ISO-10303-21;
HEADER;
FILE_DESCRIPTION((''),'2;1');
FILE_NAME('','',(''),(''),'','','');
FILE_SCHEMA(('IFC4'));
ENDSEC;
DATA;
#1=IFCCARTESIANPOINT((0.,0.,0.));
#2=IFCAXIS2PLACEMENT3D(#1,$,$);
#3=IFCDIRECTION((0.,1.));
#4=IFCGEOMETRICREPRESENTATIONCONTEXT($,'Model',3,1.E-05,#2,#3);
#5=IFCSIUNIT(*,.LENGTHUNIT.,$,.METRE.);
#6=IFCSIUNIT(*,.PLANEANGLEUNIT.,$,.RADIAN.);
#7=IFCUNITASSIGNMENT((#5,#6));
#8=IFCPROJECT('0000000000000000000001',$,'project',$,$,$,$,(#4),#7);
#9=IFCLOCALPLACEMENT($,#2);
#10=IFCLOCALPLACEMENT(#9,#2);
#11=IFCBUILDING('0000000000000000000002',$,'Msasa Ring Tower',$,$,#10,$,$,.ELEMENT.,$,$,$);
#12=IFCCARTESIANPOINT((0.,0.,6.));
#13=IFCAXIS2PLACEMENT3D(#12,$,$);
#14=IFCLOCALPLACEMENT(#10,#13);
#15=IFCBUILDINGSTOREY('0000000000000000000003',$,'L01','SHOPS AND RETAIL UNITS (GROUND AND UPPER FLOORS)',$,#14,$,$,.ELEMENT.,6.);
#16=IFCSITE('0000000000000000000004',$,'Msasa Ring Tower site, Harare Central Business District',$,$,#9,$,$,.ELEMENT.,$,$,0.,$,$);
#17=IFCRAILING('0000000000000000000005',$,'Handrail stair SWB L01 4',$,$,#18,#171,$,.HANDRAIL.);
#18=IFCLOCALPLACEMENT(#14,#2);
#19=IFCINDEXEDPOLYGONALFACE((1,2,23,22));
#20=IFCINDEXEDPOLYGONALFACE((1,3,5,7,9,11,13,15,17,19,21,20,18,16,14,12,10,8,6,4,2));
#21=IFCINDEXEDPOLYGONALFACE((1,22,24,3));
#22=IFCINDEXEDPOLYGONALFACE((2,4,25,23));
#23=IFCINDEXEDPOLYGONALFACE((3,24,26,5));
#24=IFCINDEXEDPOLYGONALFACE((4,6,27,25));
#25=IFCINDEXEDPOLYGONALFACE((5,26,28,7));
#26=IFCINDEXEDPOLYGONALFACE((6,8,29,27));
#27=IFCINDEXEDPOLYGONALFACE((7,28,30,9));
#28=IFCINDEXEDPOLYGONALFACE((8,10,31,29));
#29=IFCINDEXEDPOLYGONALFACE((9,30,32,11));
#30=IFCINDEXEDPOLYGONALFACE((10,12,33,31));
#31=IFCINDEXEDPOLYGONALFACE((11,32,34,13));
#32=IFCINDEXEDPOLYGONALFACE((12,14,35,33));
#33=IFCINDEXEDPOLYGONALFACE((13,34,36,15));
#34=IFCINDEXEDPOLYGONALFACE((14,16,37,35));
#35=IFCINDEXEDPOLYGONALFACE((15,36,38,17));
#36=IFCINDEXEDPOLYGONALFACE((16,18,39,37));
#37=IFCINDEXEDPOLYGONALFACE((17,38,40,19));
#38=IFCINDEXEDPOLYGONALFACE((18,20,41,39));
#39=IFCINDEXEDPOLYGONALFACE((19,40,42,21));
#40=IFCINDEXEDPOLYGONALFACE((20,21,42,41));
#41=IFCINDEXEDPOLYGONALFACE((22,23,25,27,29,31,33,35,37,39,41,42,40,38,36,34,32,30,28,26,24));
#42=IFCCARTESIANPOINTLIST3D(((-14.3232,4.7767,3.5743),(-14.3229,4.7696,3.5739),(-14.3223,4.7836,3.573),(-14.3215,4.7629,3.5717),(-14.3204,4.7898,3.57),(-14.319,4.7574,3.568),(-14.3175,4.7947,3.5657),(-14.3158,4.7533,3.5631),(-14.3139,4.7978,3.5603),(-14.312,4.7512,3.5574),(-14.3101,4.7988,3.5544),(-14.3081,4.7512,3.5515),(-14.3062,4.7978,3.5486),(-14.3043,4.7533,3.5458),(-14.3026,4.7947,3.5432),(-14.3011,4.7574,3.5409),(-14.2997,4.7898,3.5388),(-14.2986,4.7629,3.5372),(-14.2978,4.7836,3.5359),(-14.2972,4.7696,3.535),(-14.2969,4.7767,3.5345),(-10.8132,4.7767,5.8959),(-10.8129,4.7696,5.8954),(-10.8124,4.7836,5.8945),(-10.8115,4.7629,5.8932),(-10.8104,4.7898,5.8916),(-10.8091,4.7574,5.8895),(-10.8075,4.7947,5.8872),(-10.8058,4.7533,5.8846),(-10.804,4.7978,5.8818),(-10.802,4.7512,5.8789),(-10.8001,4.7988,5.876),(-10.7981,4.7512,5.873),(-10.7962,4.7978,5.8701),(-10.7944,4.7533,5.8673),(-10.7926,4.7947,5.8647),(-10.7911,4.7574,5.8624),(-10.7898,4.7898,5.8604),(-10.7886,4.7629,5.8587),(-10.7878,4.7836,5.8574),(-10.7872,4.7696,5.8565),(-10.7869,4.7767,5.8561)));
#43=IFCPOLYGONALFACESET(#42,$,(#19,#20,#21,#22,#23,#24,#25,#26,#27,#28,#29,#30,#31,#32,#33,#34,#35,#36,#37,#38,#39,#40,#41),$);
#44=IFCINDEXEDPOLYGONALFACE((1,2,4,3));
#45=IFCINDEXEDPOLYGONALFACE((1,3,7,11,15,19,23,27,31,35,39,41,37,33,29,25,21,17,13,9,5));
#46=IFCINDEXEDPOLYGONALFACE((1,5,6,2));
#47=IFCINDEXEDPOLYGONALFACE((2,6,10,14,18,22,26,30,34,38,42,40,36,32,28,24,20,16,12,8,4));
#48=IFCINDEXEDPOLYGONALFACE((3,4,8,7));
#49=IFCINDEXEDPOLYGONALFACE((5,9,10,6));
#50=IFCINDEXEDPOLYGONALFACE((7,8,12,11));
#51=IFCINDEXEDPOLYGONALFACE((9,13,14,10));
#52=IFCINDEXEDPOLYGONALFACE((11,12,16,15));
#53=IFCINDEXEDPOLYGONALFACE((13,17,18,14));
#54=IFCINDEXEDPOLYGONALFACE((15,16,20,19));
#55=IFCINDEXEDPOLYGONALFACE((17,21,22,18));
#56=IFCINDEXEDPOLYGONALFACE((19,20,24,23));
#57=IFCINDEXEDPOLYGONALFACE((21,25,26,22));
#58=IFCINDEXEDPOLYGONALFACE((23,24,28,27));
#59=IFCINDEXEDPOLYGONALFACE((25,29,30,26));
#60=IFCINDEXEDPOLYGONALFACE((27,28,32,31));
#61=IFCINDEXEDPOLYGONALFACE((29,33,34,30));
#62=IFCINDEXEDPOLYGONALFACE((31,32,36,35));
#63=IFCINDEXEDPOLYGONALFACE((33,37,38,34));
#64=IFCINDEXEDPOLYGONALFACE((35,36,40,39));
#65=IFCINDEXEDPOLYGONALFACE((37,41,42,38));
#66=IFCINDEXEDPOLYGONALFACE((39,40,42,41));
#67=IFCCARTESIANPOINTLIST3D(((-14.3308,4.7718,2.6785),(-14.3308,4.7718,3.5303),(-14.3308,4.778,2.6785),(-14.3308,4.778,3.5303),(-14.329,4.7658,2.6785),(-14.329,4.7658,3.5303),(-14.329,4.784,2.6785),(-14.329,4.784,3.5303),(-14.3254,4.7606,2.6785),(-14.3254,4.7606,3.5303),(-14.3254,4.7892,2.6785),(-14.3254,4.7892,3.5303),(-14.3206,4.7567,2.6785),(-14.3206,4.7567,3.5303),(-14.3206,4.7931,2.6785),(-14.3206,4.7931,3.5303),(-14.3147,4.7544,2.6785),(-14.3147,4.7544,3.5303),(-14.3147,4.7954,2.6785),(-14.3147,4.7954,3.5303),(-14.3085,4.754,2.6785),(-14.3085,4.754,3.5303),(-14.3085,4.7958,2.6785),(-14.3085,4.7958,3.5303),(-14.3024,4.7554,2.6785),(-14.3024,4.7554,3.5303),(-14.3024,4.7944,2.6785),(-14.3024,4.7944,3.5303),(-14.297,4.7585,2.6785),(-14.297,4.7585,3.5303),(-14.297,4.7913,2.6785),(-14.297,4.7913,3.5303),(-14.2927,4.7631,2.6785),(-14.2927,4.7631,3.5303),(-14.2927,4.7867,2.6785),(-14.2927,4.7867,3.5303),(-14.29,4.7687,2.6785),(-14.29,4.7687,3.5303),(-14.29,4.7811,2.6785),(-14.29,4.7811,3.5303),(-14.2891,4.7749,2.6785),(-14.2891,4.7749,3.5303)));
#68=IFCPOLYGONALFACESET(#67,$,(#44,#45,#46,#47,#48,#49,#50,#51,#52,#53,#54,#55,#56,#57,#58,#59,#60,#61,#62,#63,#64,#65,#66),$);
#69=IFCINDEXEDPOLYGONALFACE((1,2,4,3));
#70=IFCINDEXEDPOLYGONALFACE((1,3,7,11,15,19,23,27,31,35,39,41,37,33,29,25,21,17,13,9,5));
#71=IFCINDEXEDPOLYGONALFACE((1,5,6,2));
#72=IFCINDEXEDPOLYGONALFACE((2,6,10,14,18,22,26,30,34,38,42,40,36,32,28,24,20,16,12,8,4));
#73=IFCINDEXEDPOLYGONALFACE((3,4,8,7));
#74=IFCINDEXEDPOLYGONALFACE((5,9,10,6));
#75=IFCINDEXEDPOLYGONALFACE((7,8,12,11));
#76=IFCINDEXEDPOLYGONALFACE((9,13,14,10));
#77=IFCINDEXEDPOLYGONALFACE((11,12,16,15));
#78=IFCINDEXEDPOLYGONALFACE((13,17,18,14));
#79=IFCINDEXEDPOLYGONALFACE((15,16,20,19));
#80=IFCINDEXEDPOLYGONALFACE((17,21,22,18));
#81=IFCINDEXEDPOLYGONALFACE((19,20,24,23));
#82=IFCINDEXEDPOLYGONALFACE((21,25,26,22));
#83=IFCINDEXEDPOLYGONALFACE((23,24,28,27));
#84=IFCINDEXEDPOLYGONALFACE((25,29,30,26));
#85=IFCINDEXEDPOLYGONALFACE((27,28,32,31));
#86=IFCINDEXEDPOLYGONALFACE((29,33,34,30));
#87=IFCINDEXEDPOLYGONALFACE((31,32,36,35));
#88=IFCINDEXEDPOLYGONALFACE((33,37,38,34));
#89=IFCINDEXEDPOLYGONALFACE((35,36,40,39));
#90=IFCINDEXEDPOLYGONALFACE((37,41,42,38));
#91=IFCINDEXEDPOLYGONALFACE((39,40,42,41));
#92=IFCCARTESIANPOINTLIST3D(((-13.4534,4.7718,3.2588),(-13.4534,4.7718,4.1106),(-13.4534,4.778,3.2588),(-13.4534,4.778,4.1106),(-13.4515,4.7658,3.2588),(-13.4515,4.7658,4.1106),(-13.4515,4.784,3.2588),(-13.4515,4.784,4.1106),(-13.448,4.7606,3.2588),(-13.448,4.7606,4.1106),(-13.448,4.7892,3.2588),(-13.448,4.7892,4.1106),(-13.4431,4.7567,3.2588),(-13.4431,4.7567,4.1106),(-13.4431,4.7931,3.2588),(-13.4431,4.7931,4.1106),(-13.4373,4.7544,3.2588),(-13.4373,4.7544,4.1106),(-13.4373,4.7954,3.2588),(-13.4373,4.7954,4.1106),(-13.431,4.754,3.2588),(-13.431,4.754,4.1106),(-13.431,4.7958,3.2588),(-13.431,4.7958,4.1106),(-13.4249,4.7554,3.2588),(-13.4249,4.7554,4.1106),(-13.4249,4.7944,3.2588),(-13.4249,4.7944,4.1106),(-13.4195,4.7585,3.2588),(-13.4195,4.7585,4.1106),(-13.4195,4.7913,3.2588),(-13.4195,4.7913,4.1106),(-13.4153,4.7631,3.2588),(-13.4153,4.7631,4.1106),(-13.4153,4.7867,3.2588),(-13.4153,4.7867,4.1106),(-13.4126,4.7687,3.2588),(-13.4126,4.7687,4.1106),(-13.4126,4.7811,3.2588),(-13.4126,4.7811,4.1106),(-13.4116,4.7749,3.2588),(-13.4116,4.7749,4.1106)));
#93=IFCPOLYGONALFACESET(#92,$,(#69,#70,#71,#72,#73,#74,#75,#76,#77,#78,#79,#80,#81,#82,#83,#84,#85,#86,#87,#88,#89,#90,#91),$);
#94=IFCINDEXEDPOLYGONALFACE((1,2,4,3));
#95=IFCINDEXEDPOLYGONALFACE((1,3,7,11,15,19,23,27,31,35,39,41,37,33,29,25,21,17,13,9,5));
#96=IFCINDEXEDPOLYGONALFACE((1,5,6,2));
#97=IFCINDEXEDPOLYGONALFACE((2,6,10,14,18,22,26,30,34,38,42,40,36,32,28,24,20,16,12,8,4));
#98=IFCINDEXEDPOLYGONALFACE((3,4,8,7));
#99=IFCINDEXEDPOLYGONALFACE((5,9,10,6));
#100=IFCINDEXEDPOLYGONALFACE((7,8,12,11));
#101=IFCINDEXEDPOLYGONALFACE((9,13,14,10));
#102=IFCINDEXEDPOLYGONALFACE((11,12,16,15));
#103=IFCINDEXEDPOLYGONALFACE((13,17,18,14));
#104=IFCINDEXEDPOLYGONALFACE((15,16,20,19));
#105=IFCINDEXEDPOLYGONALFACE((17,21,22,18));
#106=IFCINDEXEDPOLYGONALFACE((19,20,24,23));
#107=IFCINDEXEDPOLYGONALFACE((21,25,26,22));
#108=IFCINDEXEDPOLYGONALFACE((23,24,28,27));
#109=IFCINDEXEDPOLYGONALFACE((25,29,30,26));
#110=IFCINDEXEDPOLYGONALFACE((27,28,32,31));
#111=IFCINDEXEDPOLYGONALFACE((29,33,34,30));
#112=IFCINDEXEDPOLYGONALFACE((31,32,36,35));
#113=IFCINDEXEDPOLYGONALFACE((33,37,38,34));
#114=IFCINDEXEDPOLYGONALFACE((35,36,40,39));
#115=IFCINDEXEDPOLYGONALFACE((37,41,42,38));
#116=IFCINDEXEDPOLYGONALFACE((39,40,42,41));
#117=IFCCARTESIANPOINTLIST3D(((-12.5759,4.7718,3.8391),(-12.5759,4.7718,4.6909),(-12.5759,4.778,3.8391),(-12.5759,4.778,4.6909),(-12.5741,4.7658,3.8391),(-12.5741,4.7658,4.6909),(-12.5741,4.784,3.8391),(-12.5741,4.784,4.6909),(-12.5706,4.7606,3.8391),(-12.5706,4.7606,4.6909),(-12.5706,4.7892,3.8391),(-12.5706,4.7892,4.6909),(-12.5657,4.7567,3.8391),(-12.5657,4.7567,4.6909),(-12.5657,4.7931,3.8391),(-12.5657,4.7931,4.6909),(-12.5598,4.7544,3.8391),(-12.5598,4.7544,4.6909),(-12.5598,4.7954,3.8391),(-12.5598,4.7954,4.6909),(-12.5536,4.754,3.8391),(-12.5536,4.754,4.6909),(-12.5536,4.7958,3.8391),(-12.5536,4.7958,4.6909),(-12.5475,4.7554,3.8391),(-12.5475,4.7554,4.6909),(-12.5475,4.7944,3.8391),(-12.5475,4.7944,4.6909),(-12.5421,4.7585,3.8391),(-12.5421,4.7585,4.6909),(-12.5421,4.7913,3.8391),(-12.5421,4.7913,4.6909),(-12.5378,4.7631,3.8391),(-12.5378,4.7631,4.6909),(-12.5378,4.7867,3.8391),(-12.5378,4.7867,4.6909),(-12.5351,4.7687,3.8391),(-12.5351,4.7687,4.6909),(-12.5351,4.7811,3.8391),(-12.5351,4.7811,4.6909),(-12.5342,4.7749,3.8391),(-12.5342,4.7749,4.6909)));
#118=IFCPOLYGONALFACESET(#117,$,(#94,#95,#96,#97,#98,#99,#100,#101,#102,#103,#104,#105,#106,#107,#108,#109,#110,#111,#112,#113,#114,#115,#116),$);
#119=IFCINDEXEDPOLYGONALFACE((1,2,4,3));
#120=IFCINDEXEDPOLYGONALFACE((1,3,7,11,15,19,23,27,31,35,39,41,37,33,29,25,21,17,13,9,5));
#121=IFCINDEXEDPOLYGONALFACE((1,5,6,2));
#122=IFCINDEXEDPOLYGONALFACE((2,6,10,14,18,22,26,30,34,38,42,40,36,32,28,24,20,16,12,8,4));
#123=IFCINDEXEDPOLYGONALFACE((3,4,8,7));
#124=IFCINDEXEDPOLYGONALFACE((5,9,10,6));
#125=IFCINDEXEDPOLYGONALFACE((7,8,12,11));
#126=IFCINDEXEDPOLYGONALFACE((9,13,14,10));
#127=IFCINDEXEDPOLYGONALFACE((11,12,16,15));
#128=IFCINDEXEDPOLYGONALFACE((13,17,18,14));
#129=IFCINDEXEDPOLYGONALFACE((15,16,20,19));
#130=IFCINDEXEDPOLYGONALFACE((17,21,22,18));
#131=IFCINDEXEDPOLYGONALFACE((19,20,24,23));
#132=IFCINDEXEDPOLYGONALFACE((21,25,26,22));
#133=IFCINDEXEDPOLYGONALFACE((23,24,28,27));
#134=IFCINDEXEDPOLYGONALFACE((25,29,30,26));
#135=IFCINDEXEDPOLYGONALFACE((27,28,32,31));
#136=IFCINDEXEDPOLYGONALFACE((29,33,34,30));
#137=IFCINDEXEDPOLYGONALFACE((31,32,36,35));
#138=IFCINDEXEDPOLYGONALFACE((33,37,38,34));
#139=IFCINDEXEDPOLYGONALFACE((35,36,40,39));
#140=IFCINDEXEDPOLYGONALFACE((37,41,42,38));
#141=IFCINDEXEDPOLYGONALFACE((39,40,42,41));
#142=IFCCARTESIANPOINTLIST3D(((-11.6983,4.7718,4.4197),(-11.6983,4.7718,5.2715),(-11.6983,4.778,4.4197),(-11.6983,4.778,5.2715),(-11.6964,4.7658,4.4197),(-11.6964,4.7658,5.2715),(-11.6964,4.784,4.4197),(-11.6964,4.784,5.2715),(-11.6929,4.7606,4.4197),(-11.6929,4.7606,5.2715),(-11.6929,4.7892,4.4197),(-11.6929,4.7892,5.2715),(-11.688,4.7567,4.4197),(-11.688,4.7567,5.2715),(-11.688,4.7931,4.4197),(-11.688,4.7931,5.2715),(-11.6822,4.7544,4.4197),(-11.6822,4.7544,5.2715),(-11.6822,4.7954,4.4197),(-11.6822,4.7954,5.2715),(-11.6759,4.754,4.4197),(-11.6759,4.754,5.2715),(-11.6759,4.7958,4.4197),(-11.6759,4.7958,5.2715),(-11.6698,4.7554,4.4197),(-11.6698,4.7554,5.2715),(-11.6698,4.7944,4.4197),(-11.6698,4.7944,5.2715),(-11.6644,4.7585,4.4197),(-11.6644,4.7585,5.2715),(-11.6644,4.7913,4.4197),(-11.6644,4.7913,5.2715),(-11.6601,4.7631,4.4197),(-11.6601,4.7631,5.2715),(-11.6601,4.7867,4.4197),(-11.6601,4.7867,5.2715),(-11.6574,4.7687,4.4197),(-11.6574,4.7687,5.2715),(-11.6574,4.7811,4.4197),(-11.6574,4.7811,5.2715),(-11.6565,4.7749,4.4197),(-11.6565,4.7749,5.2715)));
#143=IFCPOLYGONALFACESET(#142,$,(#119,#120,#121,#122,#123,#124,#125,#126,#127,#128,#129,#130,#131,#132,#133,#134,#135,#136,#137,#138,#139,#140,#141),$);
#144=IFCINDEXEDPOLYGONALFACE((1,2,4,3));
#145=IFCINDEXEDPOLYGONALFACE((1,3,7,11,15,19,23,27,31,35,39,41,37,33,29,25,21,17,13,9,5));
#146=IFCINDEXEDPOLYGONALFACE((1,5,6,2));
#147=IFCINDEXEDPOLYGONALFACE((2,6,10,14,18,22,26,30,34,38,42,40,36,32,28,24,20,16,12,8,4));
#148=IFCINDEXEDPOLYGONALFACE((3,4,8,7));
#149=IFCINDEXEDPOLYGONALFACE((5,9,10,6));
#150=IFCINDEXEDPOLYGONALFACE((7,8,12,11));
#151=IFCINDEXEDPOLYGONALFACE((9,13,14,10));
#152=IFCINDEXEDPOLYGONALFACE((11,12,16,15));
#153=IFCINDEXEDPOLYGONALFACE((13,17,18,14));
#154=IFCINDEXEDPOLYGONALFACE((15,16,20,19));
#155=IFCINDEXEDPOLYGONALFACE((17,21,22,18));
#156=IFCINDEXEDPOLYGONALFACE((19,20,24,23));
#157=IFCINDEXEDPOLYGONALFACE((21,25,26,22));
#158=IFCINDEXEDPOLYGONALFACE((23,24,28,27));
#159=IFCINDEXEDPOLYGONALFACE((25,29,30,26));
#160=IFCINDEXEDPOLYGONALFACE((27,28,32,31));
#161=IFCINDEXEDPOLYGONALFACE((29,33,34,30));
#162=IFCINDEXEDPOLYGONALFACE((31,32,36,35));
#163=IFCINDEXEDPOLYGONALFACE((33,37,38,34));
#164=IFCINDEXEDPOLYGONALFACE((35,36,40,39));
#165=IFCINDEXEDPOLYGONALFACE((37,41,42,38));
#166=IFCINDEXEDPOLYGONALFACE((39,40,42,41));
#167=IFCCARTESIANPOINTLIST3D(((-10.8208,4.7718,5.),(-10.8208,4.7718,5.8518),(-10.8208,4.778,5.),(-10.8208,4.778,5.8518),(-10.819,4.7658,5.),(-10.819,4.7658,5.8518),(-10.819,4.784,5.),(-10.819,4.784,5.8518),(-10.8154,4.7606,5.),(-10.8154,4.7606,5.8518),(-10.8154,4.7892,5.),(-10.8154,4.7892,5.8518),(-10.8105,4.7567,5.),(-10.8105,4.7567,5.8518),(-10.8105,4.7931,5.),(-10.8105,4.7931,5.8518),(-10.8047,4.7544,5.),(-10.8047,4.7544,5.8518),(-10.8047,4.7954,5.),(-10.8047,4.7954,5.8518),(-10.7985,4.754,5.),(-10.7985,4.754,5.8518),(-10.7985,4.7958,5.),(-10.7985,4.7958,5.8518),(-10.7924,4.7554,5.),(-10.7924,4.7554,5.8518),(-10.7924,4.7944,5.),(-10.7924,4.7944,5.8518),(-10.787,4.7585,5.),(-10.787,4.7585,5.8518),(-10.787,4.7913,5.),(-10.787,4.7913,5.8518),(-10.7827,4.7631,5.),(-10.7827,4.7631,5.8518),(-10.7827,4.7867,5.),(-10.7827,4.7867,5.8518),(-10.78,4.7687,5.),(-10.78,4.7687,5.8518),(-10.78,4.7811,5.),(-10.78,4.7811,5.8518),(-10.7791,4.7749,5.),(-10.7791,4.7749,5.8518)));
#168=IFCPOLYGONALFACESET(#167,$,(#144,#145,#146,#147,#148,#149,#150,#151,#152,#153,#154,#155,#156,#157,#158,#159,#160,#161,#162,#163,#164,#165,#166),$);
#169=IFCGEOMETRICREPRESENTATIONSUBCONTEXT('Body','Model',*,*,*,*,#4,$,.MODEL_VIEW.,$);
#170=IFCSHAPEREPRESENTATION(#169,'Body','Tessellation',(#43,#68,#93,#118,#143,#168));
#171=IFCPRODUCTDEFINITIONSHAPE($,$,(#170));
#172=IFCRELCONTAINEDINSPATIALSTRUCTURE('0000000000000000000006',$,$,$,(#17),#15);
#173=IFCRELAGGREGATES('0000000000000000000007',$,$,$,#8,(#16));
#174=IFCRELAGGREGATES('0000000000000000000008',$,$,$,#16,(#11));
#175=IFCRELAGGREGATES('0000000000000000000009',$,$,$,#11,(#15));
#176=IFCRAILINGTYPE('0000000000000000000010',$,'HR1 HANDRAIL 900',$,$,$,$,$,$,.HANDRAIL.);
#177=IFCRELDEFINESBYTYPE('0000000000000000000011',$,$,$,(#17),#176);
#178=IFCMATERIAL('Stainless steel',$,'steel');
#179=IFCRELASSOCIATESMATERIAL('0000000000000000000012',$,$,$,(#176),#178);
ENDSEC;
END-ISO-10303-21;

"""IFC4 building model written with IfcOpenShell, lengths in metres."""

from ifc_helpers import new_model, si_unit, direction, frame, origin, origin_2d, place, context, subcontext, project, spatial, circle, extrude, material, type_object, element, save


model = new_model("IFC4")

# Units and contexts
model_context = context("Model", 3, precision=1e-05, world=origin(), true_north=direction((0.0, 1.0)))
body_context = subcontext(model_context, "Body", "Model", "MODEL_VIEW")
ifc_project = project(units=[si_unit("LENGTHUNIT", "METRE"), si_unit("PLANEANGLEUNIT", "RADIAN")], contexts=[model_context])

# Site, building, storey
site_placement = place(None, origin())
site = spatial("IfcSite", under=ifc_project, at=site_placement, Name="Msasa Ring Tower site, Harare Central Business District", CompositionType="ELEMENT", RefElevation=0.0)
building_placement = place(site_placement, origin())
building = spatial("IfcBuilding", under=site, at=building_placement, Name="Msasa Ring Tower", CompositionType="ELEMENT")
storey_placement = place(building_placement, frame((0.0, 0.0, 6.0)))
storey = spatial("IfcBuildingStorey", under=building, at=storey_placement, Name="L01", Description="SHOPS AND RETAIL UNITS (GROUND AND UPPER FLOORS)", CompositionType="ELEMENT", Elevation=6.0)

# Railing
ifc_material_1 = material(Name="Stainless steel", Category="steel")
railing_type = type_object("IfcRailingType", Name="HR1 HANDRAIL 900", PredefinedType="HANDRAIL", material=ifc_material_1)
for number, where, name in (
    (1, (-14.3101, 4.7749, 2.6785), "Handrail stair SWB L01 4"),
):
    element("IfcRailing", number, at=place(storey_placement, frame(where)), inside=storey, type_object=railing_type, Name=name, PredefinedType="HANDRAIL", context=body_context, shape_type="SweptSolid", body=[
        extrude(circle(Radius=0.0239, at=origin_2d()), frame((0.0, 0.0, 0.876), z_axis=(0.834071, 0.0, 0.551657), x_axis=(0.0, 1.0, 0.0)), (0.0, 0.0, 1.0), 4.2083),
        extrude(circle(Radius=0.021, at=origin_2d()), origin(), (0.0, 0.0, 1.0), 0.8518),
        extrude(circle(Radius=0.021, at=origin_2d()), frame((0.8774, 0.0, 0.5803)), (0.0, 0.0, 1.0), 0.8518),
        extrude(circle(Radius=0.021, at=origin_2d()), frame((1.7549, 0.0, 1.1606)), (0.0, 0.0, 1.0), 0.8518),
        extrude(circle(Radius=0.021, at=origin_2d()), frame((2.6326, 0.0, 1.7412)), (0.0, 0.0, 1.0), 0.8518),
        extrude(circle(Radius=0.021, at=origin_2d()), frame((3.51, 0.0, 2.3215)), (0.0, 0.0, 1.0), 0.8518),
    ])

save(model, "model.ifc")
